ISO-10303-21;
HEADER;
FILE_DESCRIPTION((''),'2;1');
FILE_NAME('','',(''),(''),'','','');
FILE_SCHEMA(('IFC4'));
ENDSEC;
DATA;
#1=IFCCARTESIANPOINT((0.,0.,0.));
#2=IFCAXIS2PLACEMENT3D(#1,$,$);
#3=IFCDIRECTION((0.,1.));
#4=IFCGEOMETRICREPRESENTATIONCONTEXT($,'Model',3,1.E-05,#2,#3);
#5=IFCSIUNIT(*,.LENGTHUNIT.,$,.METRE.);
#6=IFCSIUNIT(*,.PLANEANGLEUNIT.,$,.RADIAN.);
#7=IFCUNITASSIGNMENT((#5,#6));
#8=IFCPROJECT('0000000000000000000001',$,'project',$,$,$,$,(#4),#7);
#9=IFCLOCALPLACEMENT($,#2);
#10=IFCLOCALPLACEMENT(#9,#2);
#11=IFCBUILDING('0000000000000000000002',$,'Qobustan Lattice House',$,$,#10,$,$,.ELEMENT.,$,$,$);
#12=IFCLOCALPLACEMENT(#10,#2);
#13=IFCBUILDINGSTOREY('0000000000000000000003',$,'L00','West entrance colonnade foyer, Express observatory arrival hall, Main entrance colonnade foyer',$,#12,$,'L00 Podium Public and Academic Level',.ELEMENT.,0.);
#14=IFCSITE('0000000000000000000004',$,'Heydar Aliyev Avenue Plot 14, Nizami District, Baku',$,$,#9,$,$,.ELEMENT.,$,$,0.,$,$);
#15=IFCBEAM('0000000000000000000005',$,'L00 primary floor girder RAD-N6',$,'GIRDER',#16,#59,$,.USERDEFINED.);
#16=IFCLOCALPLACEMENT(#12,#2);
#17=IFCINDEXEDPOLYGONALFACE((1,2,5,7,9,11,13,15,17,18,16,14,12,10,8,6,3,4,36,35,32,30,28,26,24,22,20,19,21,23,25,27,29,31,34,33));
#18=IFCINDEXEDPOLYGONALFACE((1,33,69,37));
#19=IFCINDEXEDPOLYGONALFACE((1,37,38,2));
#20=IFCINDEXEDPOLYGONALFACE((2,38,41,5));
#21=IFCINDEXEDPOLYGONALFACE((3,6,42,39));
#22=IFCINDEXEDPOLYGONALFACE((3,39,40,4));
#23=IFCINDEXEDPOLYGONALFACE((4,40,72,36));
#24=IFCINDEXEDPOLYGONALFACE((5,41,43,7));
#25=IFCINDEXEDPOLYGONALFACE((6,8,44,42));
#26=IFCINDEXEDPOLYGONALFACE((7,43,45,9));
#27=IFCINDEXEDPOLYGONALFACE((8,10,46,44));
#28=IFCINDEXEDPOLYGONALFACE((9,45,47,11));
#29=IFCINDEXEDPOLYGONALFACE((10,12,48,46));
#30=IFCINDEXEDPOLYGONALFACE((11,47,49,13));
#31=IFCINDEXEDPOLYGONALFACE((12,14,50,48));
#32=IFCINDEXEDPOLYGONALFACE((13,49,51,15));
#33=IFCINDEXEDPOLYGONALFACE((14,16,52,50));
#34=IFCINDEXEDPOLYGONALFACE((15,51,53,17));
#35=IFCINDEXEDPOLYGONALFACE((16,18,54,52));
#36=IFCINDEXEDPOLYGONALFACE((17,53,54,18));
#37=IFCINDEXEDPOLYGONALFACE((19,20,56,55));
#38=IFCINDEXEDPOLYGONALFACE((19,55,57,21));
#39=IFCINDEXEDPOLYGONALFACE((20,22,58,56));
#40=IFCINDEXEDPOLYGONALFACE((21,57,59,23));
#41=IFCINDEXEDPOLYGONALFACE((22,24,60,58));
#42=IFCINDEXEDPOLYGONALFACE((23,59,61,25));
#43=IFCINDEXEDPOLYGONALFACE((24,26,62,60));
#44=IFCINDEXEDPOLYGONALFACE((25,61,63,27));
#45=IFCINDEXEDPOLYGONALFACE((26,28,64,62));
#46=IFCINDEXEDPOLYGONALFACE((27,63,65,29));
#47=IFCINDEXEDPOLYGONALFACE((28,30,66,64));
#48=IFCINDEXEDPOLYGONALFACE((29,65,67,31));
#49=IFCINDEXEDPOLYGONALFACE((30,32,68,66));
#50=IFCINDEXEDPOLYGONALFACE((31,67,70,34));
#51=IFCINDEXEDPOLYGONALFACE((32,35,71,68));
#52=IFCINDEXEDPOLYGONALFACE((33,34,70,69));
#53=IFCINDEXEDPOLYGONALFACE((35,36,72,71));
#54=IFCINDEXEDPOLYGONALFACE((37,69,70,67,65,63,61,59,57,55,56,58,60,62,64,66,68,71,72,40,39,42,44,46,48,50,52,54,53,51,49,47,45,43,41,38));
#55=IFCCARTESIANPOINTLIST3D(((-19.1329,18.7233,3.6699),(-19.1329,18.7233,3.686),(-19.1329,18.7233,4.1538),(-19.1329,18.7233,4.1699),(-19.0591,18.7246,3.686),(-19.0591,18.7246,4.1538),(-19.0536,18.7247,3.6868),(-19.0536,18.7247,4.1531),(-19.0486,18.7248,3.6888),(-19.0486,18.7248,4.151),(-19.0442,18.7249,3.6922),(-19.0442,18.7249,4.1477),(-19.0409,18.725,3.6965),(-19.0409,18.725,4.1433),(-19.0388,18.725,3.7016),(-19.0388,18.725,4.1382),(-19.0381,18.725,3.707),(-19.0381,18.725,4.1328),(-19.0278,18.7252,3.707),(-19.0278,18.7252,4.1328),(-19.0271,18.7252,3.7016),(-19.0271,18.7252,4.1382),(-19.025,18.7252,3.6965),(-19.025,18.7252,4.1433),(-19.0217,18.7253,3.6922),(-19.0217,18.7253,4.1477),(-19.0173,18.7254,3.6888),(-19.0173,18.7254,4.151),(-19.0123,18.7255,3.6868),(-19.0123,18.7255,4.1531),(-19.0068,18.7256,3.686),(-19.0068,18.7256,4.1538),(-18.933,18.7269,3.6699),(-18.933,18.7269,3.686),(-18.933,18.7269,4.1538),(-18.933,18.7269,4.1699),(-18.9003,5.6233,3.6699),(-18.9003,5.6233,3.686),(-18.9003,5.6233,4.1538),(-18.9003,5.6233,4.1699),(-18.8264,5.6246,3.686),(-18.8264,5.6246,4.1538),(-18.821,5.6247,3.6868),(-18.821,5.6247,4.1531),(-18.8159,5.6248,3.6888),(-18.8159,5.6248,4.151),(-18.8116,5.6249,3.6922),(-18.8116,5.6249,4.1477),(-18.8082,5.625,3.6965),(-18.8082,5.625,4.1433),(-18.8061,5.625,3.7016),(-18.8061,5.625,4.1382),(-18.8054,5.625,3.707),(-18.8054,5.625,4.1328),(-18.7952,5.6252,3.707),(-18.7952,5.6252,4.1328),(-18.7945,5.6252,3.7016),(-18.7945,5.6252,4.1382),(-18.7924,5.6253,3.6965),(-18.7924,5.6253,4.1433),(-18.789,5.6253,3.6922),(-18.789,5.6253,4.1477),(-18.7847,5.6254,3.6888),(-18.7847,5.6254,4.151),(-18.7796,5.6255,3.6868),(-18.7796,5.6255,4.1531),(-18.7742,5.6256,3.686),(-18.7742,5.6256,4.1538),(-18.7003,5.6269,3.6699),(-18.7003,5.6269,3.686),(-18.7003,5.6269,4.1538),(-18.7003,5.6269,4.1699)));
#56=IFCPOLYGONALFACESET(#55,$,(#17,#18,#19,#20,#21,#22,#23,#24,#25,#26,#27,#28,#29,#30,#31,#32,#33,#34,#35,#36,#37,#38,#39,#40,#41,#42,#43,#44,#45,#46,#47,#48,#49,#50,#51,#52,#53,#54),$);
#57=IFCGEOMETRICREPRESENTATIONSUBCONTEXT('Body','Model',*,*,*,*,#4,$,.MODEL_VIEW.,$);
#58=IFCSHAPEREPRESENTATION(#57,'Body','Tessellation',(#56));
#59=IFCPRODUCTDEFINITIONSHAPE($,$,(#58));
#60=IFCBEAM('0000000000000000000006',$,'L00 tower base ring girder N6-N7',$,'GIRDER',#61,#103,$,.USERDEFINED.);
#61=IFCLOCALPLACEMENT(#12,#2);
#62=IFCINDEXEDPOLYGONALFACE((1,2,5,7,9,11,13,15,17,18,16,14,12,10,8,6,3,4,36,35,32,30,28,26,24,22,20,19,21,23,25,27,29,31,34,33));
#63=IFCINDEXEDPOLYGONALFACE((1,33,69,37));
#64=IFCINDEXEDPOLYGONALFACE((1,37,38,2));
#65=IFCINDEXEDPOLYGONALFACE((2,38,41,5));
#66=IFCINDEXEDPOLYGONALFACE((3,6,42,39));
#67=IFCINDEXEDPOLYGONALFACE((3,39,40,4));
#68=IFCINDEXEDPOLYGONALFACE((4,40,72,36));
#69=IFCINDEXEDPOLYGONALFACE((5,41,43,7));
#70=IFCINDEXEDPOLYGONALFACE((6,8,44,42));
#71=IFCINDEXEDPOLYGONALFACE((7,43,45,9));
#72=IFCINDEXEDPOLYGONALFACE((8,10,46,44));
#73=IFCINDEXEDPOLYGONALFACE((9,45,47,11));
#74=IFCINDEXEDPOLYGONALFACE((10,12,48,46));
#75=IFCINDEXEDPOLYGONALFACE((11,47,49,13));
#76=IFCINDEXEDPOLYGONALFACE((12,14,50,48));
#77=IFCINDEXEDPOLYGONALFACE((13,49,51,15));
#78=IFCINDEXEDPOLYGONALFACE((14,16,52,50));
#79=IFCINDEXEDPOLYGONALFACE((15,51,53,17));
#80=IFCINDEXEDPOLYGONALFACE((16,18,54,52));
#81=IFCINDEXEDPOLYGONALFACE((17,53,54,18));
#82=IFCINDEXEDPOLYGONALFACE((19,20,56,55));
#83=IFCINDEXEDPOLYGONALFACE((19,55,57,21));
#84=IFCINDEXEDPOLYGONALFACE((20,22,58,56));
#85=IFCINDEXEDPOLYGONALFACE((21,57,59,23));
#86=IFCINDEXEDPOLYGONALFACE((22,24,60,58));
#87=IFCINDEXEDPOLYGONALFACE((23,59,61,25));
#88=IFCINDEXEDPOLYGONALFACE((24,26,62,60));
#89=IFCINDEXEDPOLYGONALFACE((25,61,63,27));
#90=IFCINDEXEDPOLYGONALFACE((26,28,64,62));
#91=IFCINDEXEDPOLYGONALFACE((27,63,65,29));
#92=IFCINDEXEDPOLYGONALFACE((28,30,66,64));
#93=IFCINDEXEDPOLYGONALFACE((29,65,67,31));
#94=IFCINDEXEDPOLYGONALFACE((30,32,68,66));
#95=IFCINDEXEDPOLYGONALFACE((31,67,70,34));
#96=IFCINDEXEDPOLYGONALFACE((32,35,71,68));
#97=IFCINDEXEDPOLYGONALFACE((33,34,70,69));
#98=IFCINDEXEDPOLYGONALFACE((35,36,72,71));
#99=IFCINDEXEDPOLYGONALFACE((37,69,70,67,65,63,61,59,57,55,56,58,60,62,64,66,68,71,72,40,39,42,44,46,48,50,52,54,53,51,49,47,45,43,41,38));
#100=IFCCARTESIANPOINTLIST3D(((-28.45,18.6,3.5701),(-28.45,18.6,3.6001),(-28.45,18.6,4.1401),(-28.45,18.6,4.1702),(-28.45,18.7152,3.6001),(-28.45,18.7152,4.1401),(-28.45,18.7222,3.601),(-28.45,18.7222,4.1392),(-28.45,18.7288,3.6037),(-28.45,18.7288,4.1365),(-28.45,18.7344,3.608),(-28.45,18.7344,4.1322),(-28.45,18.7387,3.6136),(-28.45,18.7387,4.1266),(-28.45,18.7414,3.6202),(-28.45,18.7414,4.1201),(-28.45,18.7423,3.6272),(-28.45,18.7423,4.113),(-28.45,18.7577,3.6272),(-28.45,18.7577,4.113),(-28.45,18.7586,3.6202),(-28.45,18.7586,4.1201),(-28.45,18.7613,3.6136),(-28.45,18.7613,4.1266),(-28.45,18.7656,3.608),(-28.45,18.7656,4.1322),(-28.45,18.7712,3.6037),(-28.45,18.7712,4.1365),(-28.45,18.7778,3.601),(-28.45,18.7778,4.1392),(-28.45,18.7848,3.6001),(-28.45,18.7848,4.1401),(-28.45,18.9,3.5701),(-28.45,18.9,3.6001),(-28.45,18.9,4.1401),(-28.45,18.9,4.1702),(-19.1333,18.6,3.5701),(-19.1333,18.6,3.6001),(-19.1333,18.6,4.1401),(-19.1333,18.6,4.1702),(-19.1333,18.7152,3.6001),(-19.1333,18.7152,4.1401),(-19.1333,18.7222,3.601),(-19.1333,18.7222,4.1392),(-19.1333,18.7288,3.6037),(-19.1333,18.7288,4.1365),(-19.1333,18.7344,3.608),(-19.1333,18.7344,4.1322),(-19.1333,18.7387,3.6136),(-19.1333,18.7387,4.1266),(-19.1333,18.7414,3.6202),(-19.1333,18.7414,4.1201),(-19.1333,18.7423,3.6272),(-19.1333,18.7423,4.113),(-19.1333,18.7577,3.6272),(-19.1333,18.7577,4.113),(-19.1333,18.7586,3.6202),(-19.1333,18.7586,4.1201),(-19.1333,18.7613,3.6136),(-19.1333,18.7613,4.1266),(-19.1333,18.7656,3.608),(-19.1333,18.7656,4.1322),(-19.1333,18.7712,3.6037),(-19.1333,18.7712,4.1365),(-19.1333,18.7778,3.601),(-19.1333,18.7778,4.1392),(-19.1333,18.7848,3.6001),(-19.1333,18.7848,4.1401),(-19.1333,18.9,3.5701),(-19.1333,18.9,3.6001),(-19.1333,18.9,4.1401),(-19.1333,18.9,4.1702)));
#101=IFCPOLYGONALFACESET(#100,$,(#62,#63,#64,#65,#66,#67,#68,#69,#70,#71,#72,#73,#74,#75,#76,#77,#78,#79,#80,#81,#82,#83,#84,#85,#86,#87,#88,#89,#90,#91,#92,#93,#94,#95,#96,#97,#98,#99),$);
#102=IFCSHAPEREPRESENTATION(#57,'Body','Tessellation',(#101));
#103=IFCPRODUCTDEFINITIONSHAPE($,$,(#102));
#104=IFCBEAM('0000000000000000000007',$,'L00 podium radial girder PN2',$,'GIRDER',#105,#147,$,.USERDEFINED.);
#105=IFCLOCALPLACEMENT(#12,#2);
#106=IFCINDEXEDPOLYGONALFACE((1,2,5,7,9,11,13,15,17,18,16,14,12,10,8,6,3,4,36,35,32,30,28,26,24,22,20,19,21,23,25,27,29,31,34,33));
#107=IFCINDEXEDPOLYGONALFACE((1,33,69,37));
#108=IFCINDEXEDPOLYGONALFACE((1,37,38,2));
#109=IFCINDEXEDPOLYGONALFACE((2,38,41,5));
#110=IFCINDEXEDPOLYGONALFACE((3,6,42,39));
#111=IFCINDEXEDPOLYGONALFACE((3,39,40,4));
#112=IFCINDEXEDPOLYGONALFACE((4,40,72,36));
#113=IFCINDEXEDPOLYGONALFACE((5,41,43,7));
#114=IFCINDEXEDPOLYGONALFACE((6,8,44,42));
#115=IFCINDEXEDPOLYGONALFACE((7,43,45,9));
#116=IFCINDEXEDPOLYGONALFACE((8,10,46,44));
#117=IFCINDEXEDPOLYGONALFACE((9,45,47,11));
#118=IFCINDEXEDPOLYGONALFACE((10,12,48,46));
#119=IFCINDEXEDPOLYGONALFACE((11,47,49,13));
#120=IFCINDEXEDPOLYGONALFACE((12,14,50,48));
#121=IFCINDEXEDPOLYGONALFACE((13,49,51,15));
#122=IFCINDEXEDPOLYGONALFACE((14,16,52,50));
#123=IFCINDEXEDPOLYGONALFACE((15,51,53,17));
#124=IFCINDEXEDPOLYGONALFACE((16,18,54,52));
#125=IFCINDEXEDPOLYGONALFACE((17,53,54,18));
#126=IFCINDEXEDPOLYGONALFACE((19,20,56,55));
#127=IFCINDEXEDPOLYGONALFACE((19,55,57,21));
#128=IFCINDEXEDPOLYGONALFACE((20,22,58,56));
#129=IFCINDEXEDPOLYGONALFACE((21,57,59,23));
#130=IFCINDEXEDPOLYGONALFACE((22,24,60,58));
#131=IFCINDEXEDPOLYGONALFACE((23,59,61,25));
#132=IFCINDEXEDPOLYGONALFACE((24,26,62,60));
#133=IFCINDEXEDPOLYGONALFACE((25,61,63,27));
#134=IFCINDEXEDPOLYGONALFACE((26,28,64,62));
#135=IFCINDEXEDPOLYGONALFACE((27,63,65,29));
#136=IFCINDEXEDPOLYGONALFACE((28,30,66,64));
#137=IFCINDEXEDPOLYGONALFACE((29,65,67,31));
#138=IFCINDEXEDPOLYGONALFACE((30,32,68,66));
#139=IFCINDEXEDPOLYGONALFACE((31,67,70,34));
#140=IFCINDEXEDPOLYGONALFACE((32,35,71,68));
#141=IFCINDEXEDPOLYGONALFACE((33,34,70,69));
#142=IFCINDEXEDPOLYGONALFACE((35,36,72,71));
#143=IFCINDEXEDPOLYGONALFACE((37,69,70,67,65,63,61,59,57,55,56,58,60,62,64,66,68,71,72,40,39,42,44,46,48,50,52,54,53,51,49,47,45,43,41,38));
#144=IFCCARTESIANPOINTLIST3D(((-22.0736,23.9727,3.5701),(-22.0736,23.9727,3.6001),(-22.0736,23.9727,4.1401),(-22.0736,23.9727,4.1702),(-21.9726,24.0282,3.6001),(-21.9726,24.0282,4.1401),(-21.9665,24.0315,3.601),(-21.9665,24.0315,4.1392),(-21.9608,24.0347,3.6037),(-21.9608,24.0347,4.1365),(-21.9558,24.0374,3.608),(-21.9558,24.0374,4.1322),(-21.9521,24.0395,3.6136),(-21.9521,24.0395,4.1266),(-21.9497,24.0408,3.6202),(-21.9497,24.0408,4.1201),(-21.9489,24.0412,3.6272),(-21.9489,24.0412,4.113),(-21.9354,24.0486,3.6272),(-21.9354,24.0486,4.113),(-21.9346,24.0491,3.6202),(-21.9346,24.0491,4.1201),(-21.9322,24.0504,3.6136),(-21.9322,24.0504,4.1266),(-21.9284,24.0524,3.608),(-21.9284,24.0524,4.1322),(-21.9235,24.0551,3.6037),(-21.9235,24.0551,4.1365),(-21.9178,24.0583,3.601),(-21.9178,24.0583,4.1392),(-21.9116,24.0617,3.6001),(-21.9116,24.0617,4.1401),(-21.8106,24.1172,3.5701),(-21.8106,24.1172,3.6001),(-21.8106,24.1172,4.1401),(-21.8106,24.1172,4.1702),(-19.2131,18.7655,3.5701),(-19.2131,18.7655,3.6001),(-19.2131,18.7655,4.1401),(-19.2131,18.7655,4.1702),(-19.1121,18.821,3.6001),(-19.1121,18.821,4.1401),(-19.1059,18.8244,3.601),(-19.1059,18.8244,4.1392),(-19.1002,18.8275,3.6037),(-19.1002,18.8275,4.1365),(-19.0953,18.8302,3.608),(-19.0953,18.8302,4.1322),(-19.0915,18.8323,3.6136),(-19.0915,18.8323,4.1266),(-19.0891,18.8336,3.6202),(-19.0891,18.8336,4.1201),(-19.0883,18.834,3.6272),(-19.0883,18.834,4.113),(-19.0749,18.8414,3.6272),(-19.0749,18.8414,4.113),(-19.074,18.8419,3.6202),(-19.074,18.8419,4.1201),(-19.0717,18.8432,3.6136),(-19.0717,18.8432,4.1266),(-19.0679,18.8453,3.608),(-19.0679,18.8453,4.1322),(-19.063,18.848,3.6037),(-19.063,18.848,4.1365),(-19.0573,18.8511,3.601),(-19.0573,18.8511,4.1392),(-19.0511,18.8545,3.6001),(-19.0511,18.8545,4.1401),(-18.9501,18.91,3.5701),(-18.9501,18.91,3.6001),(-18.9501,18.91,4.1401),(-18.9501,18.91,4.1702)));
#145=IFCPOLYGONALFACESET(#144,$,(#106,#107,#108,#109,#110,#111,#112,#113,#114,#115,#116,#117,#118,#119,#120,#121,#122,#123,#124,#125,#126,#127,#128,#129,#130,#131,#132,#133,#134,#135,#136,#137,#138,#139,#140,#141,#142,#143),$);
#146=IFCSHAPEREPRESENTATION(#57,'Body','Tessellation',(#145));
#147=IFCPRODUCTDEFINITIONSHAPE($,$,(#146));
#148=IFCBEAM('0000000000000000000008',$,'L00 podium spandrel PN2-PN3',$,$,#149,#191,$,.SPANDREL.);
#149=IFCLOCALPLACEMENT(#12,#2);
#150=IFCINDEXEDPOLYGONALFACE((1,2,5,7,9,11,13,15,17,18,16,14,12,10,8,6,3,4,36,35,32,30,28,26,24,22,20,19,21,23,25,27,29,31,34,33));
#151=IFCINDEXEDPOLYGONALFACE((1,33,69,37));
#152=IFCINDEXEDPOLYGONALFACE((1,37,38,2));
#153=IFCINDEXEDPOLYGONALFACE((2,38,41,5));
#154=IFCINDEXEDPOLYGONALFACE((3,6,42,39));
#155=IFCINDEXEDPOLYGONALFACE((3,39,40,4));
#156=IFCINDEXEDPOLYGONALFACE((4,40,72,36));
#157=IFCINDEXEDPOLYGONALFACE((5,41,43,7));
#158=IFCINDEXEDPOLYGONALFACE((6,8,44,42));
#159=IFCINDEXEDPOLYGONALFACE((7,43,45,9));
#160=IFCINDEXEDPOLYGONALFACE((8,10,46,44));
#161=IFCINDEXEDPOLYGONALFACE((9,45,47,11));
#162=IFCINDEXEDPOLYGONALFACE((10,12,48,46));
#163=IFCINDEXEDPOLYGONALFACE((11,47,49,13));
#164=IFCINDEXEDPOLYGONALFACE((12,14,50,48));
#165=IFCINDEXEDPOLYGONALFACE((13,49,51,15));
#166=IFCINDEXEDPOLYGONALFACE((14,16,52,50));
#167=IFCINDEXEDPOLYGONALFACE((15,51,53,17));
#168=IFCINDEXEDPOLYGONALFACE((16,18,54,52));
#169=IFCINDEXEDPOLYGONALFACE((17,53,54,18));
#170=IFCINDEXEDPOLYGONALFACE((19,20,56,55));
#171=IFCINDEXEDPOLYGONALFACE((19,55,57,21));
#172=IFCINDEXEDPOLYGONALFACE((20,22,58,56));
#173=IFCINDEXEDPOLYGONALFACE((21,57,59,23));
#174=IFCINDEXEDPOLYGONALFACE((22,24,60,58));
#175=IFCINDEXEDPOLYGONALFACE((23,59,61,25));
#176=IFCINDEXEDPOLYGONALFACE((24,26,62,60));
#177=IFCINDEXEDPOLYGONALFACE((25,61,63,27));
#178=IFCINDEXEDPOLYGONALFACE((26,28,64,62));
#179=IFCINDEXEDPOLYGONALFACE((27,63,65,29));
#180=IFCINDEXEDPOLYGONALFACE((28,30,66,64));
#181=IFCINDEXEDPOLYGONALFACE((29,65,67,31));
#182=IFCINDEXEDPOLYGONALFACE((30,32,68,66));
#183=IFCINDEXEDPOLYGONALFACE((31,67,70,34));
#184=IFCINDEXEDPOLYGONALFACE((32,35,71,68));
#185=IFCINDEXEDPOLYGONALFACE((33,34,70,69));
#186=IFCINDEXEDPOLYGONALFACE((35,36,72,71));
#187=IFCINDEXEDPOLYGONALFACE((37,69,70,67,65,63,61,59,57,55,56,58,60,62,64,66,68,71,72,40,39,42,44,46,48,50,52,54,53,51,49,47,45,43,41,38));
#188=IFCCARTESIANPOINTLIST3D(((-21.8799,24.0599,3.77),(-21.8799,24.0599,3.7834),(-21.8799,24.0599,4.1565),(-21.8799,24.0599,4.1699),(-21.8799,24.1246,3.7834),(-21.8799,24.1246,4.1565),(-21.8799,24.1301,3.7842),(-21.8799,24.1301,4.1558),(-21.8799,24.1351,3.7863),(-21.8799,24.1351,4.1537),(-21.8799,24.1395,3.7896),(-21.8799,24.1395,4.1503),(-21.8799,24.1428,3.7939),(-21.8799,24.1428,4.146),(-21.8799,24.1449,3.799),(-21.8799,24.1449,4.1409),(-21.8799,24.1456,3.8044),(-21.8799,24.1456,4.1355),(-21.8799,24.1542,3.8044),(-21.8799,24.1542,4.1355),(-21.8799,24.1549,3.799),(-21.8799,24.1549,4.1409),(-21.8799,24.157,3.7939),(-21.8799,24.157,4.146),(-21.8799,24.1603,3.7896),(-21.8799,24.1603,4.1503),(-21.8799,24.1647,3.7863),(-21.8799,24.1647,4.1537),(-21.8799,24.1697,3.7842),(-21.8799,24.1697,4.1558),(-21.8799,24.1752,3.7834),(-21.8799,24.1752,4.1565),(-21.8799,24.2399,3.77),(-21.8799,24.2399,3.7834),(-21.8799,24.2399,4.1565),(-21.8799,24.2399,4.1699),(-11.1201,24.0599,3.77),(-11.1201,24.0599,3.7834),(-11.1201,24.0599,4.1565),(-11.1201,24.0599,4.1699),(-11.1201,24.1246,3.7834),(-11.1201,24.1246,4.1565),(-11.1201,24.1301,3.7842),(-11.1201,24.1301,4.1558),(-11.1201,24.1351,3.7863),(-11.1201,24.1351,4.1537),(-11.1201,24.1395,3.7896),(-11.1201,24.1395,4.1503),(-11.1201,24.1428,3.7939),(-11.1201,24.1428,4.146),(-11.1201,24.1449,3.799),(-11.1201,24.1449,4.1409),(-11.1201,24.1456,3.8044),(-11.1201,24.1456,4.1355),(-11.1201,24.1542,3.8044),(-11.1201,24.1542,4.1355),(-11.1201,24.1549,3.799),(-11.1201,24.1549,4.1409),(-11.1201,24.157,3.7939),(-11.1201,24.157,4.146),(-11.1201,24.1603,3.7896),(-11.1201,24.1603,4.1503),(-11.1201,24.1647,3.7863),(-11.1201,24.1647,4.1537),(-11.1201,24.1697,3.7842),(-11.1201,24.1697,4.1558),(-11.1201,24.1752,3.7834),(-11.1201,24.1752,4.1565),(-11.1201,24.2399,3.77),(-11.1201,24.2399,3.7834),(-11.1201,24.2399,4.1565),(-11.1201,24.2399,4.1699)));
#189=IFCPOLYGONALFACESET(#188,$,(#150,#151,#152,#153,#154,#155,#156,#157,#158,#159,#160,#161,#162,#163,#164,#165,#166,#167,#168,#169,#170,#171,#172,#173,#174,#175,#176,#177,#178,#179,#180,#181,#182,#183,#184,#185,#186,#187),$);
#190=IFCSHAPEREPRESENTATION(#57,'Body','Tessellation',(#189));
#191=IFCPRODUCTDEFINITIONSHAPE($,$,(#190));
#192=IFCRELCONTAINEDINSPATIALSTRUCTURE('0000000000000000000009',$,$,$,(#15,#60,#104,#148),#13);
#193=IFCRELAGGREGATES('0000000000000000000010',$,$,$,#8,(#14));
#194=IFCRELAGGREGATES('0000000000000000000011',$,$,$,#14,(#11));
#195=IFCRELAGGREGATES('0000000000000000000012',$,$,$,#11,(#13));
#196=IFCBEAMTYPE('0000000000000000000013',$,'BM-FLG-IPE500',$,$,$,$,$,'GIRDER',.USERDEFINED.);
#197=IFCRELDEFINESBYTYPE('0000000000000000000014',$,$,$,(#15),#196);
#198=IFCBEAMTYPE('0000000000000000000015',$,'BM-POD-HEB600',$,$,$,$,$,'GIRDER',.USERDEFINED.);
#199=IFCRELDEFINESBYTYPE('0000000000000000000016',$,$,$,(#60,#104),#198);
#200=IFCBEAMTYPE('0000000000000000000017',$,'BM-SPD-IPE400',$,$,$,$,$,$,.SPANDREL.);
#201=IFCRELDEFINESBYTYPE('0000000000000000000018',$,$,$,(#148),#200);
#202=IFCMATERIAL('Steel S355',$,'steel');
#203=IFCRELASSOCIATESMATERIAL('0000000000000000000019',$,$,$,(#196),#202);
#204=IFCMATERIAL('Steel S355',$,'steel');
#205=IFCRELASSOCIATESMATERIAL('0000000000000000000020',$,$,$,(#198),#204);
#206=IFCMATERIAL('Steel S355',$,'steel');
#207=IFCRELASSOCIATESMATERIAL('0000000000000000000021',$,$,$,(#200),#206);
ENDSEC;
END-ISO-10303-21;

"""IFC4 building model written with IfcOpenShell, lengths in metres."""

from ifc_helpers import new_model, si_unit, direction, frame, origin, origin_2d, place, context, subcontext, project, spatial, i_section, extrude, material, material_profile, profile_set, type_object, element, save


model = new_model("IFC4")

# Units and contexts
model_context = context("Model", 3, precision=1e-05, world=origin(), true_north=direction((0.0, 1.0)))
body_context = subcontext(model_context, "Body", "Model", "MODEL_VIEW")
ifc_project = project(units=[si_unit("LENGTHUNIT", "METRE"), si_unit("PLANEANGLEUNIT", "RADIAN")], contexts=[model_context])

# Site, building, storey
site_placement = place(None, origin())
site = spatial("IfcSite", under=ifc_project, at=site_placement, Name="Heydar Aliyev Avenue Plot 14, Nizami District, Baku", CompositionType="ELEMENT", RefElevation=0.0)
building_placement = place(site_placement, origin())
building = spatial("IfcBuilding", under=site, at=building_placement, Name="Qobustan Lattice House", CompositionType="ELEMENT")
storey_placement = place(building_placement, origin())
storey = spatial("IfcBuildingStorey", under=building, at=storey_placement, Name="L00", Description="West entrance colonnade foyer, Express observatory arrival hall, Main entrance colonnade foyer", LongName="L00 Podium Public and Academic Level", CompositionType="ELEMENT", Elevation=0.0)

# Beams
ifc_material_1 = material(Name="Steel S355", Category="steel")
ifc_material_profile_1 = material_profile(ifc_material_1, i_section(OverallWidth=0.2, OverallDepth=0.5, WebThickness=0.0103, FlangeThickness=0.0161, FilletRadius=0.021, at=origin_2d()), Name="IPE500")
ifc_profile_set_1 = profile_set([ifc_material_profile_1], Name="Steel S355")
beam_type_1 = type_object("IfcBeamType", Name="BM-FLG-IPE500", ElementType="GIRDER", PredefinedType="USERDEFINED", material=ifc_profile_set_1)
beam_1_placement = place(storey_placement, frame((-19.033, 18.7251, 3.9199), z_axis=(0.017758, -0.999842, 0.0), x_axis=(0.999842, 0.017758, 0.0)))
element("IfcBeam", 1, at=beam_1_placement, inside=storey, type_object=beam_type_1, Name="L00 primary floor girder RAD-N6", ObjectType="GIRDER", PredefinedType="USERDEFINED", context=body_context, shape_type="SweptSolid", body=[
    extrude(i_section(OverallWidth=0.2, OverallDepth=0.5, WebThickness=0.0103, FlangeThickness=0.0161, FilletRadius=0.021, at=origin_2d()), origin(), (0.0, 0.0, 1.0), 13.1021),
])
ifc_material_2 = material(Name="Steel S355", Category="steel")
ifc_material_profile_2 = material_profile(ifc_material_2, i_section(OverallWidth=0.3, OverallDepth=0.6001, WebThickness=0.0154, FlangeThickness=0.03, FilletRadius=0.0271, at=origin_2d()), Name="HEB600")
ifc_profile_set_2 = profile_set([ifc_material_profile_2], Name="Steel S355")
beam_type_2 = type_object("IfcBeamType", Name="BM-POD-HEB600", ElementType="GIRDER", PredefinedType="USERDEFINED", material=ifc_profile_set_2)
beam_2_placement = place(storey_placement, frame((-19.1333, 18.75, 3.8701), z_axis=(-1.0, 0.0, 0.0), x_axis=(0.0, -1.0, 0.0)))
element("IfcBeam", 2, at=beam_2_placement, inside=storey, type_object=beam_type_2, Name="L00 tower base ring girder N6-N7", ObjectType="GIRDER", PredefinedType="USERDEFINED", context=body_context, shape_type="SweptSolid", body=[
    extrude(i_section(OverallWidth=0.3, OverallDepth=0.6001, WebThickness=0.0154, FlangeThickness=0.03, FilletRadius=0.0271, at=origin_2d()), origin(), (0.0, 0.0, 1.0), 9.3167),
])
beam_3_placement = place(storey_placement, frame((-21.9421, 24.0449, 3.8701), z_axis=(0.481479, -0.876458, 0.0), x_axis=(0.876458, 0.481479, 0.0)))
element("IfcBeam", 3, at=beam_3_placement, inside=storey, type_object=beam_type_2, Name="L00 podium radial girder PN2", ObjectType="GIRDER", PredefinedType="USERDEFINED", context=body_context, shape_type="SweptSolid", body=[
    extrude(i_section(OverallWidth=0.3, OverallDepth=0.6001, WebThickness=0.0154, FlangeThickness=0.03, FilletRadius=0.0271, at=origin_2d()), origin(), (0.0, 0.0, 1.0), 5.9412),
])
ifc_material_3 = material(Name="Steel S355", Category="steel")
ifc_material_profile_3 = material_profile(ifc_material_3, i_section(OverallWidth=0.1799, OverallDepth=0.3999, WebThickness=0.0085, FlangeThickness=0.0134, FilletRadius=0.021, at=origin_2d()), Name="IPE400")
ifc_profile_set_3 = profile_set([ifc_material_profile_3], Name="Steel S355")
beam_type_3 = type_object("IfcBeamType", Name="BM-SPD-IPE400", PredefinedType="SPANDREL", material=ifc_profile_set_3)
beam_4_placement = place(storey_placement, frame((-21.8799, 24.1499, 3.97), z_axis=(1.0, 0.0, 0.0), x_axis=(0.0, 1.0, 0.0)))
element("IfcBeam", 4, at=beam_4_placement, inside=storey, type_object=beam_type_3, Name="L00 podium spandrel PN2-PN3", PredefinedType="SPANDREL", context=body_context, shape_type="SweptSolid", body=[
    extrude(i_section(OverallWidth=0.1799, OverallDepth=0.3999, WebThickness=0.0085, FlangeThickness=0.0134, FilletRadius=0.021, at=origin_2d()), origin(), (0.0, 0.0, 1.0), 10.7598),
])

save(model, "model.ifc")
